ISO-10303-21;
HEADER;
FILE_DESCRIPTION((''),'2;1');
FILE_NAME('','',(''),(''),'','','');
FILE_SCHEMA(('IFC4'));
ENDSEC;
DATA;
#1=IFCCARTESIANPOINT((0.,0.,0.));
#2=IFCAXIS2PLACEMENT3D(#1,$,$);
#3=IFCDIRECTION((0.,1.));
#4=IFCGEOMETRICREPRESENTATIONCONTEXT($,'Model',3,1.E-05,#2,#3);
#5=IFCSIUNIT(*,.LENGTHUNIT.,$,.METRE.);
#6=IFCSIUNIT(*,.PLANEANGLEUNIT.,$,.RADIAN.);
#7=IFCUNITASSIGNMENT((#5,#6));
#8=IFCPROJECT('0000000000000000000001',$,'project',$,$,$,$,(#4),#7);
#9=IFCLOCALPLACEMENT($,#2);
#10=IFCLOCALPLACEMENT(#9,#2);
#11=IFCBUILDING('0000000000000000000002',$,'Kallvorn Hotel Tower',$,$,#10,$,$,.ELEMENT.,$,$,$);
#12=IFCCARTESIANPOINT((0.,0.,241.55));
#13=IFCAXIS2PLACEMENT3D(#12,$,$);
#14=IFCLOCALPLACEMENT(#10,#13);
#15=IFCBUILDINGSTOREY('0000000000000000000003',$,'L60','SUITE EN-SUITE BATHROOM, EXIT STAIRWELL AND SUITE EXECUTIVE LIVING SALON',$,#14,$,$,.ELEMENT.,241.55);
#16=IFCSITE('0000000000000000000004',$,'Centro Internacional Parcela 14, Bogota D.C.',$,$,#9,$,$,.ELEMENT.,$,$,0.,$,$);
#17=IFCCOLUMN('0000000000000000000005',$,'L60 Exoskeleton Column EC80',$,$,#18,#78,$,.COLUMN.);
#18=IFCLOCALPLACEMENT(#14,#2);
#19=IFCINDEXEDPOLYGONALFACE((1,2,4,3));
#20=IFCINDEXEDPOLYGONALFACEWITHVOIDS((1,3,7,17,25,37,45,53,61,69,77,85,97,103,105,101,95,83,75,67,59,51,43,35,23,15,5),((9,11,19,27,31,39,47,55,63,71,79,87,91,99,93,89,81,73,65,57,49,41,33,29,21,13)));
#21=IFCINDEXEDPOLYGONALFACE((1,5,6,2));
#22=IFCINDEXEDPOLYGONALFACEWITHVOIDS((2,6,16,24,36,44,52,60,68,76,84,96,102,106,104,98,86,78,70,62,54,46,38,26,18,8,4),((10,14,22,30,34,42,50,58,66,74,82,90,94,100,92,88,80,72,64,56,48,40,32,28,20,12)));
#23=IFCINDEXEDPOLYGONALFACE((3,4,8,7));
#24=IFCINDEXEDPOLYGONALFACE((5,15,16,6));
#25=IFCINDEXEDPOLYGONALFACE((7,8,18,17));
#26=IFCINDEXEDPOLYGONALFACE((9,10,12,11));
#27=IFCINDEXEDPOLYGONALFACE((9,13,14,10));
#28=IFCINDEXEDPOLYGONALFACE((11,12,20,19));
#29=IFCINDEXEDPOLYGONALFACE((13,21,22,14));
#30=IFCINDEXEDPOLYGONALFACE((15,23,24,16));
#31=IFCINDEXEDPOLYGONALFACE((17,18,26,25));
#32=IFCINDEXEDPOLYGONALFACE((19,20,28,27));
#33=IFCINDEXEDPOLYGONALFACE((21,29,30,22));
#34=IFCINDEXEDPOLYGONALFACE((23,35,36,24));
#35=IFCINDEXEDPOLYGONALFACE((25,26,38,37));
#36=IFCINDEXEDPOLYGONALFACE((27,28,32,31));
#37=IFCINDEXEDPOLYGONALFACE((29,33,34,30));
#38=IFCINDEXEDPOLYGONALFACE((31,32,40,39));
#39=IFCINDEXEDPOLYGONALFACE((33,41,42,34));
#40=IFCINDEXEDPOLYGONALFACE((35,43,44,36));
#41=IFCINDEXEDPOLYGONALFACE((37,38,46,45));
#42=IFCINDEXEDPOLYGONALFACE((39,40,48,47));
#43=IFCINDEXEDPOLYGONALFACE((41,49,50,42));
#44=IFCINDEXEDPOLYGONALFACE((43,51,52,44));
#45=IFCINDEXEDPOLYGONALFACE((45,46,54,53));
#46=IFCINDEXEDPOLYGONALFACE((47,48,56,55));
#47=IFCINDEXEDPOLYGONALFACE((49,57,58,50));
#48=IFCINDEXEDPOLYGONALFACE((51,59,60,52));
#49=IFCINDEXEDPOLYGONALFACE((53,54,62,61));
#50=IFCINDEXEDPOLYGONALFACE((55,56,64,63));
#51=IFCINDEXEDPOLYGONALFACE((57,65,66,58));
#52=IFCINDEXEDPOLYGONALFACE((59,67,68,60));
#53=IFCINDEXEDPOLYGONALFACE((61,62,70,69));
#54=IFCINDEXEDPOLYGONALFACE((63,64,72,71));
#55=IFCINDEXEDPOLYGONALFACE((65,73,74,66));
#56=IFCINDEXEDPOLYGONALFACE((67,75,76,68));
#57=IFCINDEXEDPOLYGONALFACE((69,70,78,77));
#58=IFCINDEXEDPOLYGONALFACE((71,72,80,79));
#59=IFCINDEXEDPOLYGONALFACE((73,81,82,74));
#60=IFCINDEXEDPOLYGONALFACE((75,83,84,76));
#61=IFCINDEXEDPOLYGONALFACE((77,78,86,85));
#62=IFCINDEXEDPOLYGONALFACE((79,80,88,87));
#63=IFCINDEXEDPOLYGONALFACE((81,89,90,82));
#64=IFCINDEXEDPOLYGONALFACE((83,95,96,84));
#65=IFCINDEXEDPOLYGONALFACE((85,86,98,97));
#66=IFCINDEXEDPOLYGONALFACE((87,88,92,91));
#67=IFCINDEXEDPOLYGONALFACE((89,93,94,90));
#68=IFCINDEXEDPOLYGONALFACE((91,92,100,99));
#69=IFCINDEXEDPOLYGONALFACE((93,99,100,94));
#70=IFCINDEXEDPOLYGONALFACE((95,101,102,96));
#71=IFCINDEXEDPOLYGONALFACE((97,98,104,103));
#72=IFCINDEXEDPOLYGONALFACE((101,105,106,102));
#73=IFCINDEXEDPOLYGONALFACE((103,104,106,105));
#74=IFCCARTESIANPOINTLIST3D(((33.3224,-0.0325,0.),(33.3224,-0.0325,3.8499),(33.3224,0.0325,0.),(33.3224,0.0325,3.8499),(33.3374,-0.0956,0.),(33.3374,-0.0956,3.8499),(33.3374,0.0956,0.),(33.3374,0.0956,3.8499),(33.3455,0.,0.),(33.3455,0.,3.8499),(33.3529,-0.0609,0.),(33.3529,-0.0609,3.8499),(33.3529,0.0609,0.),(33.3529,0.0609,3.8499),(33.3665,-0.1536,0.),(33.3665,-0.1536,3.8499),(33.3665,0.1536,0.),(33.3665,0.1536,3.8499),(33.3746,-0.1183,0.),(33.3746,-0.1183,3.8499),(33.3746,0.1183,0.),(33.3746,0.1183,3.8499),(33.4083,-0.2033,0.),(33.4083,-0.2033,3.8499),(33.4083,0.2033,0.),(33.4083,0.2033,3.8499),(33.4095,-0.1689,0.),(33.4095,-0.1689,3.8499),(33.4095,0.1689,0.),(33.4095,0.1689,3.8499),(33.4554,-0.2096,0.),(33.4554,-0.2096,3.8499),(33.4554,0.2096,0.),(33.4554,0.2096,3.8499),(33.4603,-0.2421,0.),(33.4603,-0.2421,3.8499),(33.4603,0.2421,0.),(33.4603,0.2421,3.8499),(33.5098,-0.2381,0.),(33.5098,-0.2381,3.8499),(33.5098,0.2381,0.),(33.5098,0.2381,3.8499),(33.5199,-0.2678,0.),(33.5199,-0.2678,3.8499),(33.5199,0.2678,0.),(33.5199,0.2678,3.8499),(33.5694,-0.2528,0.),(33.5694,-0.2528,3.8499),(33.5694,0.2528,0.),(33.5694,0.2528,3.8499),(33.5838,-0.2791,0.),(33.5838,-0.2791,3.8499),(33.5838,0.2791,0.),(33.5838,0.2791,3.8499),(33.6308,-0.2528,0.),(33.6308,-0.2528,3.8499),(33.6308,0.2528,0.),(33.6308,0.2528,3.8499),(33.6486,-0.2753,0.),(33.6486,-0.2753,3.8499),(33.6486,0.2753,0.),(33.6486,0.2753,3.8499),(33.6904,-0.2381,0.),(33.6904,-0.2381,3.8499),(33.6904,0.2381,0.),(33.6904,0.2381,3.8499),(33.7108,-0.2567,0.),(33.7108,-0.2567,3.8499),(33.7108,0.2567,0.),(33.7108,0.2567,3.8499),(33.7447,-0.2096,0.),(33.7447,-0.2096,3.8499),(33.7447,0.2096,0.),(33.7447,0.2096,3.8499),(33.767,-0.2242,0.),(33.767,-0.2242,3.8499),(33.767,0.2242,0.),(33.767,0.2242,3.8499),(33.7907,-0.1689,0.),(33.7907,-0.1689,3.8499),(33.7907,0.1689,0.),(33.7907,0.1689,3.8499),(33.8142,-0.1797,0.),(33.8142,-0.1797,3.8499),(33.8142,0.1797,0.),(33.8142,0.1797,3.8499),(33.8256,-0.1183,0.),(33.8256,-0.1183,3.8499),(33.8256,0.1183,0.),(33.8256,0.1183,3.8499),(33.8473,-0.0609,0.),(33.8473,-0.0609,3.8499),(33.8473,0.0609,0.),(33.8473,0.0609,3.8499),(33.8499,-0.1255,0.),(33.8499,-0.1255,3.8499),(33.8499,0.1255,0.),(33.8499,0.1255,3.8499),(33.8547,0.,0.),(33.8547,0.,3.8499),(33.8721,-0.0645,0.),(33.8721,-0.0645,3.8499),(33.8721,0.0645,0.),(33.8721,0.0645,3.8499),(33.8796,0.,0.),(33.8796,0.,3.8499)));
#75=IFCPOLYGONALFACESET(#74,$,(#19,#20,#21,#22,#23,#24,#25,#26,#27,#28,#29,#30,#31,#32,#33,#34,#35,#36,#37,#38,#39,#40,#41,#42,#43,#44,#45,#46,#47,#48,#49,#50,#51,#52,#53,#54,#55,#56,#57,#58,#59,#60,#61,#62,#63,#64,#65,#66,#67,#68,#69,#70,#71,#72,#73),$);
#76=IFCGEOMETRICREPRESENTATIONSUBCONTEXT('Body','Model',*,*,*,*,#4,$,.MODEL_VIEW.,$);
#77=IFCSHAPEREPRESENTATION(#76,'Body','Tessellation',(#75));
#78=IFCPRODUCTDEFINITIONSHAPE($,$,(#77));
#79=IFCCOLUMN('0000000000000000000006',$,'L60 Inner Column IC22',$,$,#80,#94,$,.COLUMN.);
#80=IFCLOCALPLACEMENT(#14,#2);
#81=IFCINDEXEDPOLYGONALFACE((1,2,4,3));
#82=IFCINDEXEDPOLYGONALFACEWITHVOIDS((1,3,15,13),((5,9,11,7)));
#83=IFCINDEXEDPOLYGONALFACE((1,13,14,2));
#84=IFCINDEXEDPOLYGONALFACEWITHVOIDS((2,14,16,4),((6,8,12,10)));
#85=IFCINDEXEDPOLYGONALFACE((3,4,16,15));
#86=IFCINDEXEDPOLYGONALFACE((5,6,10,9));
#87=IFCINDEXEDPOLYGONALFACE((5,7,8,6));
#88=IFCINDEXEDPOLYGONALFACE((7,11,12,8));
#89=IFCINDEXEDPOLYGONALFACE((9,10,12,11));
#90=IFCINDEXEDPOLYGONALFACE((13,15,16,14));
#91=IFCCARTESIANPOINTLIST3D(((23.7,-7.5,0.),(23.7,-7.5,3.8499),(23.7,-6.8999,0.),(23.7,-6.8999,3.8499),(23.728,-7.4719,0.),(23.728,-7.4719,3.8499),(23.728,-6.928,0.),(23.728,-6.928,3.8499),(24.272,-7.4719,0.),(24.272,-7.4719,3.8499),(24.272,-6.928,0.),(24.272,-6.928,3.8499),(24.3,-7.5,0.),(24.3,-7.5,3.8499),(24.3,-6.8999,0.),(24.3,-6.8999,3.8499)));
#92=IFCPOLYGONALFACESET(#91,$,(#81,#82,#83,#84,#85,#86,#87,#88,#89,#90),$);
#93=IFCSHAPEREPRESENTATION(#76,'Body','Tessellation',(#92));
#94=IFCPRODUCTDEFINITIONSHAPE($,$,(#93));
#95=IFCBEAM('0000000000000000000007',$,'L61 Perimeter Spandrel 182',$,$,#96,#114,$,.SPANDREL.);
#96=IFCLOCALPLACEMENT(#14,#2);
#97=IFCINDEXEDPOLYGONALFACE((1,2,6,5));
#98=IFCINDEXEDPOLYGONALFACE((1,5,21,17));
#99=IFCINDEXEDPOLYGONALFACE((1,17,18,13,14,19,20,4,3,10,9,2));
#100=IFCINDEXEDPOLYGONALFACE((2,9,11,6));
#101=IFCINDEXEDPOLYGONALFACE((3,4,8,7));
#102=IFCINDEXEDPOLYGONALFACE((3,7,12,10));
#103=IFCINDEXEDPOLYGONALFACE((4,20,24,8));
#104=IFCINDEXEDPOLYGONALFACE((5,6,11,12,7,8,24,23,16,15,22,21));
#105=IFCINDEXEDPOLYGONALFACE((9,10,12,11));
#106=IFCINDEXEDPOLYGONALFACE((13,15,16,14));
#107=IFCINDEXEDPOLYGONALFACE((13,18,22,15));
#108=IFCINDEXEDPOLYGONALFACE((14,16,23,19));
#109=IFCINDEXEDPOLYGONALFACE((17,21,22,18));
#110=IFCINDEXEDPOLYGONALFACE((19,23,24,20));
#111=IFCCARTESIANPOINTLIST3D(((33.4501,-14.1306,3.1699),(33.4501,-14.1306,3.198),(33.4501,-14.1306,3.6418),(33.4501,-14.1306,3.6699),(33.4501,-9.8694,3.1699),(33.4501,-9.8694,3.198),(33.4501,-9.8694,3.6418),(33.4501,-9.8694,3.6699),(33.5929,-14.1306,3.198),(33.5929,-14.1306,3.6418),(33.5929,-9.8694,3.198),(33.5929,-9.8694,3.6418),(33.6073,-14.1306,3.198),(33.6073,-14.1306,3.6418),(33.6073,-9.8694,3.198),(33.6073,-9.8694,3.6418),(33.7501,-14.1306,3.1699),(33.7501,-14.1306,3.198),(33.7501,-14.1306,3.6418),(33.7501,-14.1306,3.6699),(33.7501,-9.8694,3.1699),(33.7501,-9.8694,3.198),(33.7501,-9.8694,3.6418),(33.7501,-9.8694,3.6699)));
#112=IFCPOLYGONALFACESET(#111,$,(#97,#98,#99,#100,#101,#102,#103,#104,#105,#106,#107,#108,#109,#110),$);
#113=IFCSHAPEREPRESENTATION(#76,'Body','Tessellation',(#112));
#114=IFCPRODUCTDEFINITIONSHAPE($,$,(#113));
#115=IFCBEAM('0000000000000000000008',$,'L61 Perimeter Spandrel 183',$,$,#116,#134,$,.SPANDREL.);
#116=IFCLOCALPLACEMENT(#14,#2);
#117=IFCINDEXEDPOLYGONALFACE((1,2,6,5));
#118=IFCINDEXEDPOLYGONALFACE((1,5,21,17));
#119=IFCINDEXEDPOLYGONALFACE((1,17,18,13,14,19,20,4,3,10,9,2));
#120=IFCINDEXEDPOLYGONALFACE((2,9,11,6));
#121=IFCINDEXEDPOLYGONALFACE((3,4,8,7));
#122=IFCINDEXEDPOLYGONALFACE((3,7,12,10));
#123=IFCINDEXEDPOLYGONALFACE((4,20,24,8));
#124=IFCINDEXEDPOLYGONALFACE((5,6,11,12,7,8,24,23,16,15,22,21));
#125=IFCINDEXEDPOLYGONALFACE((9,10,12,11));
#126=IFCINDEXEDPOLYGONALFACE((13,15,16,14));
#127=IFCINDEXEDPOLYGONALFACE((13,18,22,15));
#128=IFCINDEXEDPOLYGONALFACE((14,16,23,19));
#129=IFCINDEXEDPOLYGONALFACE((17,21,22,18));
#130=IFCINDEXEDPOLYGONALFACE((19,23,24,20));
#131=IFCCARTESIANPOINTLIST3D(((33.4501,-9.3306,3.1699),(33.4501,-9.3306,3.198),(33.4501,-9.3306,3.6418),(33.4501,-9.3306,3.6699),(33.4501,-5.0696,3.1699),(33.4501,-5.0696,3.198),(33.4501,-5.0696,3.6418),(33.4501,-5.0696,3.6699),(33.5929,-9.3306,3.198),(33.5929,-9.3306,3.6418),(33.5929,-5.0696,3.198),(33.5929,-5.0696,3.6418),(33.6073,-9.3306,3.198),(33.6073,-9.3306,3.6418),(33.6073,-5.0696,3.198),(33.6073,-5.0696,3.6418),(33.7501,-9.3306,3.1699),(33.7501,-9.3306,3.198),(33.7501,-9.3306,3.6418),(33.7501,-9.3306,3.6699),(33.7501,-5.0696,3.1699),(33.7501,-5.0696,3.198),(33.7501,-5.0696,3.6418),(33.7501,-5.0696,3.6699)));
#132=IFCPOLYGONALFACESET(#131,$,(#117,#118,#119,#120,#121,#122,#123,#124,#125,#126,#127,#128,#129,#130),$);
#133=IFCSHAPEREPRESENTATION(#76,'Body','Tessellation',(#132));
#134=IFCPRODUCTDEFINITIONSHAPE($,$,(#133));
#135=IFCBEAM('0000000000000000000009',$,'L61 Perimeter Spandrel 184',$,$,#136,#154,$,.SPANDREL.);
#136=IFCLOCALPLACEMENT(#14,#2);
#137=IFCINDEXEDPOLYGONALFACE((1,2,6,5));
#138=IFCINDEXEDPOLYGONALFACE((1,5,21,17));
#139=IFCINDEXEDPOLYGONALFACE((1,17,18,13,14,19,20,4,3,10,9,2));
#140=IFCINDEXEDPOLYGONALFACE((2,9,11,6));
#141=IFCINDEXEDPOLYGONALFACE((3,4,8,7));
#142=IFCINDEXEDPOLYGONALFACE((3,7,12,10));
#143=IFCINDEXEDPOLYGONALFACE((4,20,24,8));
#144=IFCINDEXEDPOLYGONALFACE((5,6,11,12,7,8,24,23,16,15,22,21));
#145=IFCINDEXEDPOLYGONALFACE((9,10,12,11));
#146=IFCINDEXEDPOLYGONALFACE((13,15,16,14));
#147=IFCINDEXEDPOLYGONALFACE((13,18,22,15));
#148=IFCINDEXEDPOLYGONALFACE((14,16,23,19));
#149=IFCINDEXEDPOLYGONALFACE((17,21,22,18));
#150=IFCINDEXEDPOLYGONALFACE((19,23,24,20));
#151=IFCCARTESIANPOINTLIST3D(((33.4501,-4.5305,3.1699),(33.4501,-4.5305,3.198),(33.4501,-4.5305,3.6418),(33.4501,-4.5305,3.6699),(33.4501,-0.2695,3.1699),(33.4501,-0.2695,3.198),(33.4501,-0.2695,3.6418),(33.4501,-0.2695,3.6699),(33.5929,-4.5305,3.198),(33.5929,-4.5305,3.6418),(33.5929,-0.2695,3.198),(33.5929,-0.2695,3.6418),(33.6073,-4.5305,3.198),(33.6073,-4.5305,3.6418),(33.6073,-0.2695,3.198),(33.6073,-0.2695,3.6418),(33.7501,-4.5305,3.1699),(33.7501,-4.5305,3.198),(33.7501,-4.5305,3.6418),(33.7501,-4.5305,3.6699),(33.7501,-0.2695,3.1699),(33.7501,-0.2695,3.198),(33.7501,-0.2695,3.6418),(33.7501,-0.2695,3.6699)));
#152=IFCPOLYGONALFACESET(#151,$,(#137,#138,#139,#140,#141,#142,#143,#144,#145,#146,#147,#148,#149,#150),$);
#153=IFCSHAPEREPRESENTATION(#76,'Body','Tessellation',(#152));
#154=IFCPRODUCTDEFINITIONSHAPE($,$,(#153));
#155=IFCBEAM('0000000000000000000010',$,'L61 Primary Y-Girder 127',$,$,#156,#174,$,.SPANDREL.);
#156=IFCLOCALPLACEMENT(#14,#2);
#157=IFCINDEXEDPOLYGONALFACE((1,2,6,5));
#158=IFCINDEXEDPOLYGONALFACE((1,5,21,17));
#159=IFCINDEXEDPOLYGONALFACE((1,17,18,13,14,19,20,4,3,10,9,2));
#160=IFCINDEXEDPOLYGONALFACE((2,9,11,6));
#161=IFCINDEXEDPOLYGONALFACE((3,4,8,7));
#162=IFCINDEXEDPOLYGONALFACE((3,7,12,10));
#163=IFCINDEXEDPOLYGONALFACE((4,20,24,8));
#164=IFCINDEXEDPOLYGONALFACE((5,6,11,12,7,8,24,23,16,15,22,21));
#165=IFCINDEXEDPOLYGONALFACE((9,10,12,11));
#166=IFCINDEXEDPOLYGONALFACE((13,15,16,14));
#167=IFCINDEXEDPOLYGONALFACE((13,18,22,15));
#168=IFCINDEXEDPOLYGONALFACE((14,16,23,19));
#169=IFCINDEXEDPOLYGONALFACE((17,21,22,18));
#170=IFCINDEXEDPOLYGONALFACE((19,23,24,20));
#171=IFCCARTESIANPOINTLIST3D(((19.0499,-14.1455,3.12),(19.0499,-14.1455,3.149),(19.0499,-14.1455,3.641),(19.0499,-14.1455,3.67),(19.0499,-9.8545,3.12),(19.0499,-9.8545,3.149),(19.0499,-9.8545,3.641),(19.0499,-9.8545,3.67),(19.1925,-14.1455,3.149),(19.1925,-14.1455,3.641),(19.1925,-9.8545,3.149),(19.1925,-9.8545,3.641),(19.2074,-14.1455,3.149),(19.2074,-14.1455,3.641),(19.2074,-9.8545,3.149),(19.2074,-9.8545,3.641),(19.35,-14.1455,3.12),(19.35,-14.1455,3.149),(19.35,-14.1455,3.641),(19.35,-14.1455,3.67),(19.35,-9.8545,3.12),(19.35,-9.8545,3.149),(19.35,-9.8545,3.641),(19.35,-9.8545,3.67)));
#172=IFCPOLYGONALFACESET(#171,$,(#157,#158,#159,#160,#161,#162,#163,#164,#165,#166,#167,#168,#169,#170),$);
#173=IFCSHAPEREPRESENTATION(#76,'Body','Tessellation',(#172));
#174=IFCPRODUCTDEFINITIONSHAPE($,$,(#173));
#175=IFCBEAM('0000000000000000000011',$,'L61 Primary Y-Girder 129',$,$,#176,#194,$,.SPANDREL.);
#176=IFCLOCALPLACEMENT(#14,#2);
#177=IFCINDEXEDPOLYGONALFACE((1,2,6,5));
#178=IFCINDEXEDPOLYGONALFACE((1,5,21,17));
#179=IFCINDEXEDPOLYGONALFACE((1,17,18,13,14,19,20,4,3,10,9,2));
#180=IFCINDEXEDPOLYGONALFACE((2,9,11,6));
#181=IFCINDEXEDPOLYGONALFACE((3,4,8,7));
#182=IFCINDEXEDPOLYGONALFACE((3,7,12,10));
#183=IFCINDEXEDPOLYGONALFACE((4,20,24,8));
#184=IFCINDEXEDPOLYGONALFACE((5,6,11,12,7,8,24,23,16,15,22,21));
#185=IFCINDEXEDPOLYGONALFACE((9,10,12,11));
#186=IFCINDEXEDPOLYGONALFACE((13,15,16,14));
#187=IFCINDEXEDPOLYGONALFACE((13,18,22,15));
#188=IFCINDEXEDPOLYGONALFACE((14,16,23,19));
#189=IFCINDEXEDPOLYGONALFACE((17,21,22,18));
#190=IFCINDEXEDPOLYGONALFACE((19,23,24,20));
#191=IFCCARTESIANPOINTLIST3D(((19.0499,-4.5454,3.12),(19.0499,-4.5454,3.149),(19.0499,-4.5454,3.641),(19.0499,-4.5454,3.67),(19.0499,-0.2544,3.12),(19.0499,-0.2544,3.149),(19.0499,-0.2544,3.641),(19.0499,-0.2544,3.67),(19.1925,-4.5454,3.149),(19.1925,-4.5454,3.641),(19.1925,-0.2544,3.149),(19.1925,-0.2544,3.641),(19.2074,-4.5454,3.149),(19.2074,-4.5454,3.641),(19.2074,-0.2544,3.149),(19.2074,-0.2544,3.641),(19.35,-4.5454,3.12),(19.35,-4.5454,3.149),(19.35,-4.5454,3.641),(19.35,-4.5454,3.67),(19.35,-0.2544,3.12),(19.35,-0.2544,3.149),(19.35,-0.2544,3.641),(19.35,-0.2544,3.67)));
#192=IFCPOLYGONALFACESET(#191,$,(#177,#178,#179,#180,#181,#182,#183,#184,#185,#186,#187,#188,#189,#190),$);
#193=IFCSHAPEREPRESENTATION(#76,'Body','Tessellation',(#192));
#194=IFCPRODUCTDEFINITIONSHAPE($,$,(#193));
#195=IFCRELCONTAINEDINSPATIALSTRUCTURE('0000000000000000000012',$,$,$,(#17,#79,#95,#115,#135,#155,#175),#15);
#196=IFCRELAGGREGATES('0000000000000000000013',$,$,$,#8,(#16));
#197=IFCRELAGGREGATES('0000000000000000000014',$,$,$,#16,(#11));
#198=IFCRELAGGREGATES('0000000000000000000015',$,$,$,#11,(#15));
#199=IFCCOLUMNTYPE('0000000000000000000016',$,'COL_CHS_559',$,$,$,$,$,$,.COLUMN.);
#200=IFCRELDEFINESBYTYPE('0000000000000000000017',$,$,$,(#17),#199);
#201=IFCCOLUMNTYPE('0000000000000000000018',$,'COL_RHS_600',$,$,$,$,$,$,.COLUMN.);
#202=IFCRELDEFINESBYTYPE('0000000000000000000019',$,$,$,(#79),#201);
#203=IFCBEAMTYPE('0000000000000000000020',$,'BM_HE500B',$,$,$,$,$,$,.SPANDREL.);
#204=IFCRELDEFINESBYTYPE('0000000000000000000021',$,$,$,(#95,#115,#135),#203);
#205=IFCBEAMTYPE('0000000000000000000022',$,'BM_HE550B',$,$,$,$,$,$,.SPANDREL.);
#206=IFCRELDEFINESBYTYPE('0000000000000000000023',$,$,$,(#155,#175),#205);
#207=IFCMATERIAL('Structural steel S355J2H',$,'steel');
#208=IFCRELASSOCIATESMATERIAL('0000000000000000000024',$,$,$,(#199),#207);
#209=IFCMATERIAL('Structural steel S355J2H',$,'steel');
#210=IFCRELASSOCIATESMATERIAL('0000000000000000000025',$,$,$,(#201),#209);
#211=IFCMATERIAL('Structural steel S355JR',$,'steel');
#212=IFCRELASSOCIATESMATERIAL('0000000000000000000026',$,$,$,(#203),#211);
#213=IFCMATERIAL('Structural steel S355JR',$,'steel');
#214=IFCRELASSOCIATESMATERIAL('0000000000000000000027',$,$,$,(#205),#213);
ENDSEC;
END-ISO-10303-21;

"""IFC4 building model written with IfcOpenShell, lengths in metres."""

from ifc_helpers import new_model, si_unit, direction, frame, origin, origin_2d, place, context, subcontext, project, spatial, hollow_rectangle, hollow_circle, i_section, extrude, material, material_profile, profile_set, type_object, element, save


model = new_model("IFC4")

# Units and contexts
model_context = context("Model", 3, precision=1e-05, world=origin(), true_north=direction((0.0, 1.0)))
body_context = subcontext(model_context, "Body", "Model", "MODEL_VIEW")
ifc_project = project(units=[si_unit("LENGTHUNIT", "METRE"), si_unit("PLANEANGLEUNIT", "RADIAN")], contexts=[model_context])

# Site, building, storey
site_placement = place(None, origin())
site = spatial("IfcSite", under=ifc_project, at=site_placement, Name="Centro Internacional Parcela 14, Bogota D.C.", CompositionType="ELEMENT", RefElevation=0.0)
building_placement = place(site_placement, origin())
building = spatial("IfcBuilding", under=site, at=building_placement, Name="Kallvorn Hotel Tower", CompositionType="ELEMENT")
storey_placement = place(building_placement, frame((0.0, 0.0, 241.55)))
storey = spatial("IfcBuildingStorey", under=building, at=storey_placement, Name="L60", Description="SUITE EN-SUITE BATHROOM, EXIT STAIRWELL AND SUITE EXECUTIVE LIVING SALON", CompositionType="ELEMENT", Elevation=241.55)

# Columns
ifc_material_1 = material(Name="Structural steel S355J2H", Category="steel")
ifc_material_profile_1 = material_profile(ifc_material_1, hollow_circle(Radius=0.2795, WallThickness=0.0249, at=origin_2d()), Name="CHS 559x25")
ifc_profile_set_1 = profile_set([ifc_material_profile_1], Name="Structural steel S355J2H")
column_type_1 = type_object("IfcColumnType", Name="COL_CHS_559", PredefinedType="COLUMN", material=ifc_profile_set_1)
for number, where, z_axis, x_axis, name in (
    (1, (33.6001, 0.0, 0.0), (0.0, 0.0, 1.0), (1.0, 0.0, 0.0), "L60 Exoskeleton Column EC80"),
):
    element("IfcColumn", number, at=place(storey_placement, frame(where, z_axis=z_axis, x_axis=x_axis)), inside=storey, type_object=column_type_1, Name=name, PredefinedType="COLUMN", context=body_context, shape_type="SweptSolid", body=[
        extrude(hollow_circle(Radius=0.2795, WallThickness=0.0249, at=origin_2d()), origin(), (0.0, 0.0, 1.0), 3.8499),
    ])
ifc_material_2 = material(Name="Structural steel S355J2H", Category="steel")
ifc_material_profile_2 = material_profile(ifc_material_2, hollow_rectangle(XDim=0.6001, YDim=0.6001, WallThickness=0.0281, at=origin_2d()), Name="RHS 600x600x28")
ifc_profile_set_2 = profile_set([ifc_material_profile_2], Name="Structural steel S355J2H")
column_type_2 = type_object("IfcColumnType", Name="COL_RHS_600", PredefinedType="COLUMN", material=ifc_profile_set_2)
column_placement = place(storey_placement, frame((24.0, -7.2, 0.0), z_axis=(0.0, 0.0, 1.0), x_axis=(1.0, 0.0, 0.0)))
element("IfcColumn", 2, at=column_placement, inside=storey, type_object=column_type_2, Name="L60 Inner Column IC22", PredefinedType="COLUMN", context=body_context, shape_type="SweptSolid", body=[
    extrude(hollow_rectangle(XDim=0.6001, YDim=0.6001, WallThickness=0.0281, at=origin_2d()), origin(), (0.0, 0.0, 1.0), 3.8499),
])

# Beams
ifc_material_3 = material(Name="Structural steel S355JR", Category="steel")
ifc_material_profile_3 = material_profile(ifc_material_3, i_section(OverallWidth=0.3, OverallDepth=0.5, WebThickness=0.0144, FlangeThickness=0.0281, at=origin_2d()), Name="HE 500 B")
ifc_profile_set_3 = profile_set([ifc_material_profile_3], Name="Structural steel S355JR")
beam_type_1 = type_object("IfcBeamType", Name="BM_HE500B", PredefinedType="SPANDREL", material=ifc_profile_set_3)
beam_1_placement = place(storey_placement, frame((33.6001, -14.1306, 3.4199), z_axis=(0.0, 1.0, 0.0), x_axis=(-1.0, 0.0, 0.0)))
element("IfcBeam", 3, at=beam_1_placement, inside=storey, type_object=beam_type_1, Name="L61 Perimeter Spandrel 182", PredefinedType="SPANDREL", context=body_context, shape_type="SweptSolid", body=[
    extrude(i_section(OverallWidth=0.3, OverallDepth=0.5, WebThickness=0.0144, FlangeThickness=0.0281, at=origin_2d()), origin(), (0.0, 0.0, 1.0), 4.2612),
])
for number, where, z_axis, x_axis, name in (
    (4, (33.6001, -9.3306, 3.4199), (0.0, 1.0, 0.0), (-1.0, 0.0, 0.0), "L61 Perimeter Spandrel 183"),
    (5, (33.6001, -4.5305, 3.4199), (0.0, 1.0, 0.0), (-1.0, 0.0, 0.0), "L61 Perimeter Spandrel 184"),
):
    element("IfcBeam", number, at=place(storey_placement, frame(where, z_axis=z_axis, x_axis=x_axis)), inside=storey, type_object=beam_type_1, Name=name, PredefinedType="SPANDREL", context=body_context, shape_type="SweptSolid", body=[
        extrude(i_section(OverallWidth=0.3, OverallDepth=0.5, WebThickness=0.0144, FlangeThickness=0.0281, at=origin_2d()), origin(), (0.0, 0.0, 1.0), 4.261),
    ])
ifc_material_4 = material(Name="Structural steel S355JR", Category="steel")
ifc_material_profile_4 = material_profile(ifc_material_4, i_section(OverallWidth=0.3, OverallDepth=0.55, WebThickness=0.0149, FlangeThickness=0.0291, at=origin_2d()), Name="HE 550 B")
ifc_profile_set_4 = profile_set([ifc_material_profile_4], Name="Structural steel S355JR")
beam_type_2 = type_object("IfcBeamType", Name="BM_HE550B", PredefinedType="SPANDREL", material=ifc_profile_set_4)
for number, where, z_axis, x_axis, name in (
    (6, (19.2, -14.1455, 3.395), (0.0, 1.0, 0.0), (-1.0, 0.0, 0.0), "L61 Primary Y-Girder 127"),
    (7, (19.2, -4.5454, 3.395), (0.0, 1.0, 0.0), (-1.0, 0.0, 0.0), "L61 Primary Y-Girder 129"),
):
    element("IfcBeam", number, at=place(storey_placement, frame(where, z_axis=z_axis, x_axis=x_axis)), inside=storey, type_object=beam_type_2, Name=name, PredefinedType="SPANDREL", context=body_context, shape_type="SweptSolid", body=[
        extrude(i_section(OverallWidth=0.3, OverallDepth=0.55, WebThickness=0.0149, FlangeThickness=0.0291, at=origin_2d()), origin(), (0.0, 0.0, 1.0), 4.291),
    ])

save(model, "model.ifc")
